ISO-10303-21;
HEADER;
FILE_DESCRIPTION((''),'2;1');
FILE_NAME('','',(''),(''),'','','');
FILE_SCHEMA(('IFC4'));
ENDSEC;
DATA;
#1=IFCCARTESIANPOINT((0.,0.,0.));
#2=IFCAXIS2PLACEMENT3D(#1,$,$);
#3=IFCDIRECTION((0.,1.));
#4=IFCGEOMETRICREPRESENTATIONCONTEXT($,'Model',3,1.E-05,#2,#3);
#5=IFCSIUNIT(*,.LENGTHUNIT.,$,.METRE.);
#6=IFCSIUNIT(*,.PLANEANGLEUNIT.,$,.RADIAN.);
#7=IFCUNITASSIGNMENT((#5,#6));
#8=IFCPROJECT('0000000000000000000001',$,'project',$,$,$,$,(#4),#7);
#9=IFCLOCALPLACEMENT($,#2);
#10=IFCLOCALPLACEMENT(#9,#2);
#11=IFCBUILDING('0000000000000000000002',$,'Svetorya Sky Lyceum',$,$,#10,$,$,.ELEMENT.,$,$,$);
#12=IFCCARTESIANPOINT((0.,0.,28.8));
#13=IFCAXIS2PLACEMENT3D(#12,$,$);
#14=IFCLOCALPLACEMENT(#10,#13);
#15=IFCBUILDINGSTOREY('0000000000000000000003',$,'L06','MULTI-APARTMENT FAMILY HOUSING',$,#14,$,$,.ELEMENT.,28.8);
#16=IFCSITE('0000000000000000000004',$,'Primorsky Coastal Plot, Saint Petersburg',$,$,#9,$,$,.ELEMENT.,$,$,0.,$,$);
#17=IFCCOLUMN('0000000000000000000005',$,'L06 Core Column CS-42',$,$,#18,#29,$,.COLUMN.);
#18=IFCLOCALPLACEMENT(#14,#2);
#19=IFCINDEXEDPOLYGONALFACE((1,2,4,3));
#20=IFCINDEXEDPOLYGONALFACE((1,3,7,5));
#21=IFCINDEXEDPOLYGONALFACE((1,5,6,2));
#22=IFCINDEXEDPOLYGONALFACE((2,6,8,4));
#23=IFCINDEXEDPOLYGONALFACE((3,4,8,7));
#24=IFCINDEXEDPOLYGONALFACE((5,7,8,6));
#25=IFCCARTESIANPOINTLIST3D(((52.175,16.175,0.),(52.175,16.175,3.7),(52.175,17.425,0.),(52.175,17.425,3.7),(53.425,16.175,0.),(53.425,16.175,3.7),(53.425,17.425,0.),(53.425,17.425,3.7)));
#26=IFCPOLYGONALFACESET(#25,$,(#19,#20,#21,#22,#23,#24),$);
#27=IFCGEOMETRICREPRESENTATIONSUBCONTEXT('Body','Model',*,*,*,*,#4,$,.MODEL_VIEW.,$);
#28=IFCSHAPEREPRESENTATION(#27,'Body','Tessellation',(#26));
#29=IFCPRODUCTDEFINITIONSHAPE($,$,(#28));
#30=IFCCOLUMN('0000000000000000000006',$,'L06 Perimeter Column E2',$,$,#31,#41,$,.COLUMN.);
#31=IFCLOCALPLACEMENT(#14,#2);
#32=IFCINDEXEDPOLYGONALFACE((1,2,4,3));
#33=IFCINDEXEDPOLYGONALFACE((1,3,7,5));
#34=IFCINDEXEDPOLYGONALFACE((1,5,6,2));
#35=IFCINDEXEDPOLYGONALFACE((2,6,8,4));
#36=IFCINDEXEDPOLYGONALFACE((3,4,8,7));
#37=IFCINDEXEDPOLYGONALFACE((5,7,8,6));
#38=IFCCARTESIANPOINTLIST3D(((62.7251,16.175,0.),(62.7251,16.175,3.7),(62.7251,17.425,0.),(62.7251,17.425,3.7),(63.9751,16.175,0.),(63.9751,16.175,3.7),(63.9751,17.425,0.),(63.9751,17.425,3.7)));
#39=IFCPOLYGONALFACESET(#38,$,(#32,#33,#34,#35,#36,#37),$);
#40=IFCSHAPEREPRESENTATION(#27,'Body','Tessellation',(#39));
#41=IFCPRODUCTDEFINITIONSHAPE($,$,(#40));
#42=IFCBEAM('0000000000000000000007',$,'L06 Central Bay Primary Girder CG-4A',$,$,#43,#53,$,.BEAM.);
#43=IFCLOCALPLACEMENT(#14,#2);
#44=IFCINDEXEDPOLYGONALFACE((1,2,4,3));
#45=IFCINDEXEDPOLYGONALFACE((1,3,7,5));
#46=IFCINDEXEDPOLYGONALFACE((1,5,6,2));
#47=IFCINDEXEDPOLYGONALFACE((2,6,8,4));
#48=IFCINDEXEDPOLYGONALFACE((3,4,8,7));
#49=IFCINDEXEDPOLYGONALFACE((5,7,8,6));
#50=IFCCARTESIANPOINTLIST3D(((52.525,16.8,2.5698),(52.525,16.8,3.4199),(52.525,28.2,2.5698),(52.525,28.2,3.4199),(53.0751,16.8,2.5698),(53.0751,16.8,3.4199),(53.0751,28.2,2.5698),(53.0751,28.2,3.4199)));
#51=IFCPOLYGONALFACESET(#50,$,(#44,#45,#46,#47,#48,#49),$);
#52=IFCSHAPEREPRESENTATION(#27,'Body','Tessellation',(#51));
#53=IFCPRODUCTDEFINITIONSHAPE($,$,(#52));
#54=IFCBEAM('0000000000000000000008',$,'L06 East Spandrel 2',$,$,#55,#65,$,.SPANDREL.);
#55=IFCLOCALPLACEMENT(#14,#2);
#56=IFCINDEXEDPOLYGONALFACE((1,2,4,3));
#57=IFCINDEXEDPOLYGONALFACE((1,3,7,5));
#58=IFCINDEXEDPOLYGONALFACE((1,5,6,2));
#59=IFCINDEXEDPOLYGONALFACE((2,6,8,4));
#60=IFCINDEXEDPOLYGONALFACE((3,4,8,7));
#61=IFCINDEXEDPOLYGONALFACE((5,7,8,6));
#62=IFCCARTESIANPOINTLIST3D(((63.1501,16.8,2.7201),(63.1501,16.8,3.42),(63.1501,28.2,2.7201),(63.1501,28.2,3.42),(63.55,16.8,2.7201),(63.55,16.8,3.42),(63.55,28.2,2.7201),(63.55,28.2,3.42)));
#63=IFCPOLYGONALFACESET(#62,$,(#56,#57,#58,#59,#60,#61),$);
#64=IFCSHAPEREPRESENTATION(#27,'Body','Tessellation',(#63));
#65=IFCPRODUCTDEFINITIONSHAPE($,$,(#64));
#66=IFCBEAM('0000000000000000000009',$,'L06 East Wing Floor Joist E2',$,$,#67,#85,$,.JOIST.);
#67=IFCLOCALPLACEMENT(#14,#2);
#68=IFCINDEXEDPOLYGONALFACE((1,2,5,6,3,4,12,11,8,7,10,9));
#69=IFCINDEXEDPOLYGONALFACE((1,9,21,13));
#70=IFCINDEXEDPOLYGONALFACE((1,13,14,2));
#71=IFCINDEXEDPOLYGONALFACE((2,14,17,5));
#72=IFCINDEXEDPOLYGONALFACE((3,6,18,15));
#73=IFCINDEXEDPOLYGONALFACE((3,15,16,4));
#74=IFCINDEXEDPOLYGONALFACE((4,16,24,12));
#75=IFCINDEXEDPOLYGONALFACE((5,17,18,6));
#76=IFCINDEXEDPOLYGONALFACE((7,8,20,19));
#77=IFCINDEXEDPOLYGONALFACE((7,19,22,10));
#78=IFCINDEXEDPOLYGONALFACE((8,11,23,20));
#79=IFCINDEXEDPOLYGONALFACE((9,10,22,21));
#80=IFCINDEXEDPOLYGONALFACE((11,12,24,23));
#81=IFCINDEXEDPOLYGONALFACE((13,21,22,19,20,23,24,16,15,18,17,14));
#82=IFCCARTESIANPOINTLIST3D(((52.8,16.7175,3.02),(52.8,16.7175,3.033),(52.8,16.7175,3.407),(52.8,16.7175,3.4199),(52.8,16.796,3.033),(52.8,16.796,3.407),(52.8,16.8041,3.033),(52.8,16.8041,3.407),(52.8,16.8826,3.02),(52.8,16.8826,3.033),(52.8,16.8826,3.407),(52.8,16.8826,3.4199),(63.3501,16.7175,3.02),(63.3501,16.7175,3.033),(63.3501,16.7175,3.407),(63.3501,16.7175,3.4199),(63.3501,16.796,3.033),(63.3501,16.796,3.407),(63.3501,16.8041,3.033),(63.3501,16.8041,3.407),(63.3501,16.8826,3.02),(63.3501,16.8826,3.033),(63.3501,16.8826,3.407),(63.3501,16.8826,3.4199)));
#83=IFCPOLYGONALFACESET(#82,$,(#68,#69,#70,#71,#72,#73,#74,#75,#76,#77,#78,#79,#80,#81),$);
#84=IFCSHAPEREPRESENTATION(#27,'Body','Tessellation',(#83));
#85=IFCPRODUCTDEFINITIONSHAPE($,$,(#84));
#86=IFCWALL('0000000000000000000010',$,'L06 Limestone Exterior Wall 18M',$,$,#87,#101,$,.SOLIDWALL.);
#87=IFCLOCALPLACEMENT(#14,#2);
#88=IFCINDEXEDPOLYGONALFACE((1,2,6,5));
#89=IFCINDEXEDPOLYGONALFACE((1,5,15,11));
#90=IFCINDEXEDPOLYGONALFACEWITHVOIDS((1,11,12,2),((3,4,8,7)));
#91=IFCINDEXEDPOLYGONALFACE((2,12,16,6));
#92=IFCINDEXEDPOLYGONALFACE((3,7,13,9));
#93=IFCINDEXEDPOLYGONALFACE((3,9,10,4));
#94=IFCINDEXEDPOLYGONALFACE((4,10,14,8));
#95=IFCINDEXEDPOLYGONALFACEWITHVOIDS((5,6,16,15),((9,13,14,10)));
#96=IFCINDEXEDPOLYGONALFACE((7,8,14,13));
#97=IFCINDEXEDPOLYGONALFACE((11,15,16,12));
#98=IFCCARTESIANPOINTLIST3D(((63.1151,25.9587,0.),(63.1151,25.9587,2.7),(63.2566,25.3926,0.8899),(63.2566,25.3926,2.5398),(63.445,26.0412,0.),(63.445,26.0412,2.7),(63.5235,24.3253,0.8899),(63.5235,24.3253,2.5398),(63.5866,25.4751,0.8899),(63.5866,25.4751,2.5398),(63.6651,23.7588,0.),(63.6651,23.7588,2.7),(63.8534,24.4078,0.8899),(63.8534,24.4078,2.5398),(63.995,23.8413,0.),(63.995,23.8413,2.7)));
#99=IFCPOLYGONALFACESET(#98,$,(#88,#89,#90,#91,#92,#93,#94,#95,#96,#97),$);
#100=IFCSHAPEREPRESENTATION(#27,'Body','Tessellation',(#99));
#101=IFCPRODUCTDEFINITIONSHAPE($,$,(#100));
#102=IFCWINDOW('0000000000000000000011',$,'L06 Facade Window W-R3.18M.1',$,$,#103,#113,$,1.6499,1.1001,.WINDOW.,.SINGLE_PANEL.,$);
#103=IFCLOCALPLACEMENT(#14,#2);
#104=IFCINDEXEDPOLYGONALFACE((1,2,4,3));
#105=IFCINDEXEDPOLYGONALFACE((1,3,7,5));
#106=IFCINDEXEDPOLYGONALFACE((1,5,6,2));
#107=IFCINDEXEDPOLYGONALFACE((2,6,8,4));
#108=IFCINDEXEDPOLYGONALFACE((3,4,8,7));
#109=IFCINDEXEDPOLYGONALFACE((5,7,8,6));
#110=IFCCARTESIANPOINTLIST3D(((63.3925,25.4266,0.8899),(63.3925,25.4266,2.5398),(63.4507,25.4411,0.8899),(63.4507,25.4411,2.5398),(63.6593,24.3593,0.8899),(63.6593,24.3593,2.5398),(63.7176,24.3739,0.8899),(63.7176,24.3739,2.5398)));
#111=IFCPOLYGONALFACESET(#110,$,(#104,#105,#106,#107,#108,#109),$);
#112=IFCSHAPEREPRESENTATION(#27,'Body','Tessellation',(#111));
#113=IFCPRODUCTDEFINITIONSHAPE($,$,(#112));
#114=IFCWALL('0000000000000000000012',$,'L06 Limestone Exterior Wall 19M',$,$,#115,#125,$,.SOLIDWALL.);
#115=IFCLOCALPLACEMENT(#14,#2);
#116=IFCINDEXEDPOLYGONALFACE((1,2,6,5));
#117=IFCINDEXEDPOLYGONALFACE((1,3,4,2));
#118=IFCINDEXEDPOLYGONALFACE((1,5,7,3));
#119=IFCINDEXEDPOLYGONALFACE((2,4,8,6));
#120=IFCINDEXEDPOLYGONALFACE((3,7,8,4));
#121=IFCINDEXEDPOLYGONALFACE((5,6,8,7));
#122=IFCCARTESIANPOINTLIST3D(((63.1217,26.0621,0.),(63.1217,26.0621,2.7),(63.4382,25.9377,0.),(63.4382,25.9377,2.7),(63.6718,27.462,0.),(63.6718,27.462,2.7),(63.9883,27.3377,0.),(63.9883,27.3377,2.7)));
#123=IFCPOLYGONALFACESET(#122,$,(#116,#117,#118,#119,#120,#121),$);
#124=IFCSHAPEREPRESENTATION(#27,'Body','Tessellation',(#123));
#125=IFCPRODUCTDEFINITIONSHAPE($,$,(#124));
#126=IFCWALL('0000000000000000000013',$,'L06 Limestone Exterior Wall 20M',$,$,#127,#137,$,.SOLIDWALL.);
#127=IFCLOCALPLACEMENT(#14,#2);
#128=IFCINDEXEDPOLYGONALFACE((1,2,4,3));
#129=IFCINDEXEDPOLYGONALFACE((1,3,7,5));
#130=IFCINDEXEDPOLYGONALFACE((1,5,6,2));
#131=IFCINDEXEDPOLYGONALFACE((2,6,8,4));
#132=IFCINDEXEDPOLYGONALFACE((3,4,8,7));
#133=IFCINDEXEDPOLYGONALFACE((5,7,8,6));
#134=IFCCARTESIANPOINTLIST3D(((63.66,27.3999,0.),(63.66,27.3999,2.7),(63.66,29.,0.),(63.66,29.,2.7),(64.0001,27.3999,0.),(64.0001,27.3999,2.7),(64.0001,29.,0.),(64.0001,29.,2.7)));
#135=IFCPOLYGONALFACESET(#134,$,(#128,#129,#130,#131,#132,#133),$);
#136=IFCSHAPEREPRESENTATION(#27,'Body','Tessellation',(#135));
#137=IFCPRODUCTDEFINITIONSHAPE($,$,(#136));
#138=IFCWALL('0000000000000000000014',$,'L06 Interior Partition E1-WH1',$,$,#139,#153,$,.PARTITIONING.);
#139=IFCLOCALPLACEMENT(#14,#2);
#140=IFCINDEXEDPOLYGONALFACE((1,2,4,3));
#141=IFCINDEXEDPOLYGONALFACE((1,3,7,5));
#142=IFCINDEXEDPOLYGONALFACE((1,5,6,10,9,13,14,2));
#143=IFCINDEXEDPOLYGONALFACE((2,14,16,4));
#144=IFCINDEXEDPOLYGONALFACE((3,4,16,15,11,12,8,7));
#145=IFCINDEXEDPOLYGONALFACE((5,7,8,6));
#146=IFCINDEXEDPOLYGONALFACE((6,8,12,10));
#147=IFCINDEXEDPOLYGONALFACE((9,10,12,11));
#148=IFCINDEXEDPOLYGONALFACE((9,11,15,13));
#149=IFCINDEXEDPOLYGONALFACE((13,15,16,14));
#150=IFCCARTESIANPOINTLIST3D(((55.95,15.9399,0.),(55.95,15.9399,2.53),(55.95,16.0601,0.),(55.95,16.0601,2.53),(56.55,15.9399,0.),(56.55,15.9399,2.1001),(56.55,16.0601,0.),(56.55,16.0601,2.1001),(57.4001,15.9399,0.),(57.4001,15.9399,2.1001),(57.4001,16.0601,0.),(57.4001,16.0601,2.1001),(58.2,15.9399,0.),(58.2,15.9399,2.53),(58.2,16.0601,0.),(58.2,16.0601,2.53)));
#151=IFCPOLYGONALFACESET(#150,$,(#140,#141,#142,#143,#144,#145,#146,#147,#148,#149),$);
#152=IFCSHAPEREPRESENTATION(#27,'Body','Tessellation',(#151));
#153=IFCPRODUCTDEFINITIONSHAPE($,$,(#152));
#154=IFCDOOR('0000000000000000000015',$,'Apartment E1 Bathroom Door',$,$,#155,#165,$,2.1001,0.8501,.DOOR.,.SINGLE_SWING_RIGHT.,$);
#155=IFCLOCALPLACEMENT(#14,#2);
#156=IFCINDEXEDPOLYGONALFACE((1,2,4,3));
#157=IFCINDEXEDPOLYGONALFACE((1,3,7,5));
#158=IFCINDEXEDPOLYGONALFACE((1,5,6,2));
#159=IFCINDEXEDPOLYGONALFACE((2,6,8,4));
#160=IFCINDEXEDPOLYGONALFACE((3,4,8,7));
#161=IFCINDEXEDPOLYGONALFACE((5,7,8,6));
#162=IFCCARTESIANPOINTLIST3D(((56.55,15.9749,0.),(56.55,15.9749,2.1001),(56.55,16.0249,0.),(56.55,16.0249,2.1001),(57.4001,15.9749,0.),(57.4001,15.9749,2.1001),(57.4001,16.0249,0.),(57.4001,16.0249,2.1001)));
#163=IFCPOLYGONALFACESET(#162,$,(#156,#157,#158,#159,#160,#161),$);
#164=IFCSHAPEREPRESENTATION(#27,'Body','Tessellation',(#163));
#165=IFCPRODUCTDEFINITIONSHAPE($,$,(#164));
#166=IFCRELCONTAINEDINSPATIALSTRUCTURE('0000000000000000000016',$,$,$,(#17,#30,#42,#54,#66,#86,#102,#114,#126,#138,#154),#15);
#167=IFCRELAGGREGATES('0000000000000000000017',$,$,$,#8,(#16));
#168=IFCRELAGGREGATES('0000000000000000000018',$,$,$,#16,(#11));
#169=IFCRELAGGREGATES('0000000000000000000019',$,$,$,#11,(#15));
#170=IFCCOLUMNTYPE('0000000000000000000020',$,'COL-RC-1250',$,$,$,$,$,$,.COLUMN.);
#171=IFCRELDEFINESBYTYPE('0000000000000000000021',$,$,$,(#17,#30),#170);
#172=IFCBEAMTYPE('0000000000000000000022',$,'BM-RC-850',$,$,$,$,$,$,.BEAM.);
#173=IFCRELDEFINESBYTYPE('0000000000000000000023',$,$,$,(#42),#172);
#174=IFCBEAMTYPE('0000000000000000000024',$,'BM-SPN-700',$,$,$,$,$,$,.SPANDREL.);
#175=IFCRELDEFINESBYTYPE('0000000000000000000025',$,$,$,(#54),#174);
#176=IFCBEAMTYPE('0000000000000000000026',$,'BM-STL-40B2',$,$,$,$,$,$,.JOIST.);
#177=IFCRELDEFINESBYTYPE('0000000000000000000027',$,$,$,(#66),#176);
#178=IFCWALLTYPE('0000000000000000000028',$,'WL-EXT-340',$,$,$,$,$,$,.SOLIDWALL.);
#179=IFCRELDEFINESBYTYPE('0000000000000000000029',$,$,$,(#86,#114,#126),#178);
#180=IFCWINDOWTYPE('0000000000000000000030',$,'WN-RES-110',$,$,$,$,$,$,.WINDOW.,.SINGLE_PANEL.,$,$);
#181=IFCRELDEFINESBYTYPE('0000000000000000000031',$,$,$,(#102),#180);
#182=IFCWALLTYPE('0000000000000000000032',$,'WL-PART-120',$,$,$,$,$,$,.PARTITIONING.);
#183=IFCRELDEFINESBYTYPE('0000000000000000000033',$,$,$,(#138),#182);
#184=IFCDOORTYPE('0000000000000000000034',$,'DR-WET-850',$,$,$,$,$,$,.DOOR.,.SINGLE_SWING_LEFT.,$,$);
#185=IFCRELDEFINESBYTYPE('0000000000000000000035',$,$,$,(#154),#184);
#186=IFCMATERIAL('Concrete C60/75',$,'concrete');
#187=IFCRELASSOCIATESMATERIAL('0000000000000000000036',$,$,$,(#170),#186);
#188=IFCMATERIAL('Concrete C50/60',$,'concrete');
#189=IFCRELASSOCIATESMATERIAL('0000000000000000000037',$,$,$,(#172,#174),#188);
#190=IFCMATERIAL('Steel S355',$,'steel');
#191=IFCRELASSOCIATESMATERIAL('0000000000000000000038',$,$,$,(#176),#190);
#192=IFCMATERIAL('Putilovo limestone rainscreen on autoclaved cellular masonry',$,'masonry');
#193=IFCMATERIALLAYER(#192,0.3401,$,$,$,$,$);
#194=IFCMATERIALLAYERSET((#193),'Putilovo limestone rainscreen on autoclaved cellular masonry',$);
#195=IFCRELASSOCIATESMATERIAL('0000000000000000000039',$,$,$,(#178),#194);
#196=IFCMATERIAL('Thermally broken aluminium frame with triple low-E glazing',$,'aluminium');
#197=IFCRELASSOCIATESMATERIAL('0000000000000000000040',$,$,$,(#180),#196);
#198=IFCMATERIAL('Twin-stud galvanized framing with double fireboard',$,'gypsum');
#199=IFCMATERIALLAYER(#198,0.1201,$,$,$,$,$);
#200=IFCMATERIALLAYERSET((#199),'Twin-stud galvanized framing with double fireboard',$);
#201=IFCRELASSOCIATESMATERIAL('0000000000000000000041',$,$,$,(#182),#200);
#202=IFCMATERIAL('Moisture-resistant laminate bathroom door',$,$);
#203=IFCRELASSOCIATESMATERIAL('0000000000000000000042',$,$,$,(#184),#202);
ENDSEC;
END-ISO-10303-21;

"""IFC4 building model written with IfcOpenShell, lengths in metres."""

from ifc_helpers import new_model, si_unit, direction, frame, frame_2d, origin, origin_2d, place, context, subcontext, project, spatial, rectangle, i_section, extrude, material, layer, layer_set, material_profile, profile_set, type_object, element, fill, save


model = new_model("IFC4")

# Units and contexts
model_context = context("Model", 3, precision=1e-05, world=origin(), true_north=direction((0.0, 1.0)))
body_context = subcontext(model_context, "Body", "Model", "MODEL_VIEW")
ifc_project = project(units=[si_unit("LENGTHUNIT", "METRE"), si_unit("PLANEANGLEUNIT", "RADIAN")], contexts=[model_context])

# Site, building, storey
site_placement = place(None, origin())
site = spatial("IfcSite", under=ifc_project, at=site_placement, Name="Primorsky Coastal Plot, Saint Petersburg", CompositionType="ELEMENT", RefElevation=0.0)
building_placement = place(site_placement, origin())
building = spatial("IfcBuilding", under=site, at=building_placement, Name="Svetorya Sky Lyceum", CompositionType="ELEMENT")
storey_placement = place(building_placement, frame((0.0, 0.0, 28.8)))
storey = spatial("IfcBuildingStorey", under=building, at=storey_placement, Name="L06", Description="MULTI-APARTMENT FAMILY HOUSING", CompositionType="ELEMENT", Elevation=28.8)

# Columns
ifc_material_1 = material(Name="Concrete C60/75", Category="concrete")
ifc_material_profile_1 = material_profile(ifc_material_1, rectangle(XDim=1.25, YDim=1.25, at=origin_2d()), Name="RC COL 1250x1250")
ifc_profile_set_1 = profile_set([ifc_material_profile_1], Name="Concrete C60/75")
column_type = type_object("IfcColumnType", Name="COL-RC-1250", PredefinedType="COLUMN", material=ifc_profile_set_1)
for number, where, z_axis, x_axis, name in (
    (1, (52.8, 16.8, 0.0), (0.0, 0.0, 1.0), (1.0, 0.0, 0.0), "L06 Core Column CS-42"),
    (2, (63.3501, 16.8, 0.0), (0.0, 0.0, 1.0), (1.0, 0.0, 0.0), "L06 Perimeter Column E2"),
):
    element("IfcColumn", number, at=place(storey_placement, frame(where, z_axis=z_axis, x_axis=x_axis)), inside=storey, type_object=column_type, Name=name, PredefinedType="COLUMN", context=body_context, shape_type="SweptSolid", body=[
        extrude(rectangle(XDim=1.25, YDim=1.25, at=origin_2d()), origin(), (0.0, 0.0, 1.0), 3.7),
    ])

# Beams
ifc_material_2 = material(Name="Concrete C50/60", Category="concrete")
ifc_material_profile_2 = material_profile(ifc_material_2, rectangle(XDim=0.55, YDim=0.8501, at=origin_2d()), Name="RC BEAM 550x850")
ifc_profile_set_2 = profile_set([ifc_material_profile_2], Name="Concrete C50/60")
beam_type_1 = type_object("IfcBeamType", Name="BM-RC-850", PredefinedType="BEAM", material=ifc_profile_set_2)
beam_1_placement = place(storey_placement, frame((52.8, 16.8, 2.9949), z_axis=(0.0, 1.0, 0.0), x_axis=(-1.0, 0.0, 0.0)))
element("IfcBeam", 3, at=beam_1_placement, inside=storey, type_object=beam_type_1, Name="L06 Central Bay Primary Girder CG-4A", PredefinedType="BEAM", context=body_context, shape_type="SweptSolid", body=[
    extrude(rectangle(XDim=0.55, YDim=0.8501, at=origin_2d()), origin(), (0.0, 0.0, 1.0), 11.3999),
])
ifc_material_profile_3 = material_profile(ifc_material_2, rectangle(XDim=0.3999, YDim=0.7, at=origin_2d()), Name="RC SPANDREL 400x700")
ifc_profile_set_3 = profile_set([ifc_material_profile_3], Name="Concrete C50/60")
beam_type_2 = type_object("IfcBeamType", Name="BM-SPN-700", PredefinedType="SPANDREL", material=ifc_profile_set_3)
beam_2_placement = place(storey_placement, frame((63.3501, 16.8, 3.0701), z_axis=(0.0, 1.0, 0.0), x_axis=(-1.0, 0.0, 0.0)))
element("IfcBeam", 4, at=beam_2_placement, inside=storey, type_object=beam_type_2, Name="L06 East Spandrel 2", PredefinedType="SPANDREL", context=body_context, shape_type="SweptSolid", body=[
    extrude(rectangle(XDim=0.3999, YDim=0.7, at=origin_2d()), origin(), (0.0, 0.0, 1.0), 11.3999),
])
ifc_material_3 = material(Name="Steel S355", Category="steel")
ifc_material_profile_4 = material_profile(ifc_material_3, i_section(OverallWidth=0.165, OverallDepth=0.3999, WebThickness=0.0081, FlangeThickness=0.0129, at=origin_2d()), Name="GOST 40B2")
ifc_profile_set_4 = profile_set([ifc_material_profile_4], Name="Steel S355")
beam_type_3 = type_object("IfcBeamType", Name="BM-STL-40B2", PredefinedType="JOIST", material=ifc_profile_set_4)
beam_3_placement = place(storey_placement, frame((52.8, 16.8, 3.22), z_axis=(1.0, 0.0, 0.0), x_axis=(0.0, 1.0, 0.0)))
element("IfcBeam", 5, at=beam_3_placement, inside=storey, type_object=beam_type_3, Name="L06 East Wing Floor Joist E2", PredefinedType="JOIST", context=body_context, shape_type="SweptSolid", body=[
    extrude(i_section(OverallWidth=0.165, OverallDepth=0.3999, WebThickness=0.0081, FlangeThickness=0.0129, at=origin_2d()), origin(), (0.0, 0.0, 1.0), 10.55),
])

# Wall, opening, window
ifc_material_4 = material(Name="Putilovo limestone rainscreen on autoclaved cellular masonry", Category="masonry")
ifc_layer_1 = layer(ifc_material_4, 0.3401)
ifc_layer_set_1 = layer_set([ifc_layer_1], Name="Putilovo limestone rainscreen on autoclaved cellular masonry")
wall_type_1 = type_object("IfcWallType", Name="WL-EXT-340", PredefinedType="SOLIDWALL", material=ifc_layer_set_1)
wall_1_placement = place(storey_placement, frame((63.8301, 23.8, 0.0), z_axis=(0.0, 0.0, 1.0), x_axis=(-0.242561, 0.970136, 0.0)))
wall_1 = element("IfcWall", 6, at=wall_1_placement, inside=storey, type_object=wall_type_1, Name="L06 Limestone Exterior Wall 18M", PredefinedType="SOLIDWALL", context=body_context, shape_type="SweptSolid", body=[
    extrude(rectangle(XDim=2.2676, YDim=0.3401, at=frame_2d((1.1338, 0.0))), origin(), (0.0, 0.0, 1.0), 2.7),
])
opening_1_placement = place(wall_1_placement, frame((0.584, 0.0, 0.8899)))
opening_1 = element("IfcOpeningElement", 7, at=opening_1_placement, cuts=wall_1, PredefinedType="OPENING", context=body_context, shape_type="SweptSolid", body=[
    extrude(rectangle(XDim=1.1001, YDim=1.6499, at=frame_2d((0.55, 0.825))), frame((0.0, 0.1799, 0.0), z_axis=(0.0, -1.0, 0.0), x_axis=(1.0, 0.0, 0.0)), (0.0, 0.0, 1.0), 0.3601),
])
ifc_material_5 = material(Name="Thermally broken aluminium frame with triple low-E glazing", Category="aluminium")
window_type = type_object("IfcWindowType", Name="WN-RES-110", PartitioningType="SINGLE_PANEL", PredefinedType="WINDOW", material=ifc_material_5)
window_placement = place(opening_1_placement, origin())
window = element("IfcWindow", 8, at=window_placement, inside=storey, type_object=window_type, Name="L06 Facade Window W-R3.18M.1", OverallHeight=1.6499, OverallWidth=1.1001, PartitioningType="SINGLE_PANEL", PredefinedType="WINDOW", context=body_context, shape_type="SweptSolid", body=[
    extrude(rectangle(XDim=1.1001, YDim=1.6499, at=frame_2d((0.55, 0.825))), frame((0.0, 0.03, 0.0), z_axis=(0.0, -1.0, 0.0), x_axis=(1.0, 0.0, 0.0)), (0.0, 0.0, 1.0), 0.0601),
])
fill(opening_1, window)

# Walls
wall_2_placement = place(storey_placement, frame((63.28, 26.0, 0.0), z_axis=(0.0, 0.0, 1.0), x_axis=(0.365703, 0.930732, 0.0)))
element("IfcWall", 9, at=wall_2_placement, inside=storey, type_object=wall_type_1, Name="L06 Limestone Exterior Wall 19M", PredefinedType="SOLIDWALL", context=body_context, shape_type="SweptSolid", body=[
    extrude(rectangle(XDim=1.5042, YDim=0.3401, at=frame_2d((0.752, 0.0))), origin(), (0.0, 0.0, 1.0), 2.7),
])
wall_3_placement = place(storey_placement, frame((63.8301, 27.3999, 0.0), z_axis=(0.0, 0.0, 1.0), x_axis=(0.0, 1.0, 0.0)))
element("IfcWall", 10, at=wall_3_placement, inside=storey, type_object=wall_type_1, Name="L06 Limestone Exterior Wall 20M", PredefinedType="SOLIDWALL", context=body_context, shape_type="SweptSolid", body=[
    extrude(rectangle(XDim=1.6001, YDim=0.3401, at=frame_2d((0.8, 0.0))), origin(), (0.0, 0.0, 1.0), 2.7),
])

# Wall, opening, door
ifc_material_6 = material(Name="Twin-stud galvanized framing with double fireboard", Category="gypsum")
ifc_layer_2 = layer(ifc_material_6, 0.1201)
ifc_layer_set_2 = layer_set([ifc_layer_2], Name="Twin-stud galvanized framing with double fireboard")
wall_type_2 = type_object("IfcWallType", Name="WL-PART-120", PredefinedType="PARTITIONING", material=ifc_layer_set_2)
wall_4_placement = place(storey_placement, frame((55.95, 16.0, 0.0), z_axis=(0.0, 0.0, 1.0), x_axis=(1.0, 0.0, 0.0)))
wall_4 = element("IfcWall", 11, at=wall_4_placement, inside=storey, type_object=wall_type_2, Name="L06 Interior Partition E1-WH1", PredefinedType="PARTITIONING", context=body_context, shape_type="SweptSolid", body=[
    extrude(rectangle(XDim=2.25, YDim=0.1201, at=frame_2d((1.125, 0.0))), origin(), (0.0, 0.0, 1.0), 2.53),
])
opening_2_placement = place(wall_4_placement, frame((0.6001, 0.0, 0.0)))
opening_2 = element("IfcOpeningElement", 12, at=opening_2_placement, cuts=wall_4, PredefinedType="OPENING", context=body_context, shape_type="SweptSolid", body=[
    extrude(rectangle(XDim=0.8501, YDim=2.1001, at=frame_2d((0.425, 1.05))), frame((0.0, 0.0701, 0.0), z_axis=(0.0, -1.0, 0.0), x_axis=(1.0, 0.0, 0.0)), (0.0, 0.0, 1.0), 0.1401),
])
ifc_material_7 = material(Name="Moisture-resistant laminate bathroom door")
door_type_1 = type_object("IfcDoorType", Name="DR-WET-850", OperationType="SINGLE_SWING_LEFT", PredefinedType="DOOR", material=ifc_material_7)
door_1_placement = place(opening_2_placement, origin())
door_1 = element("IfcDoor", 13, at=door_1_placement, inside=storey, type_object=door_type_1, Name="Apartment E1 Bathroom Door", OperationType="SINGLE_SWING_RIGHT", OverallHeight=2.1001, OverallWidth=0.8501, PredefinedType="DOOR", context=body_context, shape_type="SweptSolid", body=[
    extrude(rectangle(XDim=0.8501, YDim=2.1001, at=frame_2d((0.425, 1.05))), frame((0.0, 0.0249, 0.0), z_axis=(0.0, -1.0, 0.0), x_axis=(1.0, 0.0, 0.0)), (0.0, 0.0, 1.0), 0.05),
])
fill(opening_2, door_1)

save(model, "model.ifc")
